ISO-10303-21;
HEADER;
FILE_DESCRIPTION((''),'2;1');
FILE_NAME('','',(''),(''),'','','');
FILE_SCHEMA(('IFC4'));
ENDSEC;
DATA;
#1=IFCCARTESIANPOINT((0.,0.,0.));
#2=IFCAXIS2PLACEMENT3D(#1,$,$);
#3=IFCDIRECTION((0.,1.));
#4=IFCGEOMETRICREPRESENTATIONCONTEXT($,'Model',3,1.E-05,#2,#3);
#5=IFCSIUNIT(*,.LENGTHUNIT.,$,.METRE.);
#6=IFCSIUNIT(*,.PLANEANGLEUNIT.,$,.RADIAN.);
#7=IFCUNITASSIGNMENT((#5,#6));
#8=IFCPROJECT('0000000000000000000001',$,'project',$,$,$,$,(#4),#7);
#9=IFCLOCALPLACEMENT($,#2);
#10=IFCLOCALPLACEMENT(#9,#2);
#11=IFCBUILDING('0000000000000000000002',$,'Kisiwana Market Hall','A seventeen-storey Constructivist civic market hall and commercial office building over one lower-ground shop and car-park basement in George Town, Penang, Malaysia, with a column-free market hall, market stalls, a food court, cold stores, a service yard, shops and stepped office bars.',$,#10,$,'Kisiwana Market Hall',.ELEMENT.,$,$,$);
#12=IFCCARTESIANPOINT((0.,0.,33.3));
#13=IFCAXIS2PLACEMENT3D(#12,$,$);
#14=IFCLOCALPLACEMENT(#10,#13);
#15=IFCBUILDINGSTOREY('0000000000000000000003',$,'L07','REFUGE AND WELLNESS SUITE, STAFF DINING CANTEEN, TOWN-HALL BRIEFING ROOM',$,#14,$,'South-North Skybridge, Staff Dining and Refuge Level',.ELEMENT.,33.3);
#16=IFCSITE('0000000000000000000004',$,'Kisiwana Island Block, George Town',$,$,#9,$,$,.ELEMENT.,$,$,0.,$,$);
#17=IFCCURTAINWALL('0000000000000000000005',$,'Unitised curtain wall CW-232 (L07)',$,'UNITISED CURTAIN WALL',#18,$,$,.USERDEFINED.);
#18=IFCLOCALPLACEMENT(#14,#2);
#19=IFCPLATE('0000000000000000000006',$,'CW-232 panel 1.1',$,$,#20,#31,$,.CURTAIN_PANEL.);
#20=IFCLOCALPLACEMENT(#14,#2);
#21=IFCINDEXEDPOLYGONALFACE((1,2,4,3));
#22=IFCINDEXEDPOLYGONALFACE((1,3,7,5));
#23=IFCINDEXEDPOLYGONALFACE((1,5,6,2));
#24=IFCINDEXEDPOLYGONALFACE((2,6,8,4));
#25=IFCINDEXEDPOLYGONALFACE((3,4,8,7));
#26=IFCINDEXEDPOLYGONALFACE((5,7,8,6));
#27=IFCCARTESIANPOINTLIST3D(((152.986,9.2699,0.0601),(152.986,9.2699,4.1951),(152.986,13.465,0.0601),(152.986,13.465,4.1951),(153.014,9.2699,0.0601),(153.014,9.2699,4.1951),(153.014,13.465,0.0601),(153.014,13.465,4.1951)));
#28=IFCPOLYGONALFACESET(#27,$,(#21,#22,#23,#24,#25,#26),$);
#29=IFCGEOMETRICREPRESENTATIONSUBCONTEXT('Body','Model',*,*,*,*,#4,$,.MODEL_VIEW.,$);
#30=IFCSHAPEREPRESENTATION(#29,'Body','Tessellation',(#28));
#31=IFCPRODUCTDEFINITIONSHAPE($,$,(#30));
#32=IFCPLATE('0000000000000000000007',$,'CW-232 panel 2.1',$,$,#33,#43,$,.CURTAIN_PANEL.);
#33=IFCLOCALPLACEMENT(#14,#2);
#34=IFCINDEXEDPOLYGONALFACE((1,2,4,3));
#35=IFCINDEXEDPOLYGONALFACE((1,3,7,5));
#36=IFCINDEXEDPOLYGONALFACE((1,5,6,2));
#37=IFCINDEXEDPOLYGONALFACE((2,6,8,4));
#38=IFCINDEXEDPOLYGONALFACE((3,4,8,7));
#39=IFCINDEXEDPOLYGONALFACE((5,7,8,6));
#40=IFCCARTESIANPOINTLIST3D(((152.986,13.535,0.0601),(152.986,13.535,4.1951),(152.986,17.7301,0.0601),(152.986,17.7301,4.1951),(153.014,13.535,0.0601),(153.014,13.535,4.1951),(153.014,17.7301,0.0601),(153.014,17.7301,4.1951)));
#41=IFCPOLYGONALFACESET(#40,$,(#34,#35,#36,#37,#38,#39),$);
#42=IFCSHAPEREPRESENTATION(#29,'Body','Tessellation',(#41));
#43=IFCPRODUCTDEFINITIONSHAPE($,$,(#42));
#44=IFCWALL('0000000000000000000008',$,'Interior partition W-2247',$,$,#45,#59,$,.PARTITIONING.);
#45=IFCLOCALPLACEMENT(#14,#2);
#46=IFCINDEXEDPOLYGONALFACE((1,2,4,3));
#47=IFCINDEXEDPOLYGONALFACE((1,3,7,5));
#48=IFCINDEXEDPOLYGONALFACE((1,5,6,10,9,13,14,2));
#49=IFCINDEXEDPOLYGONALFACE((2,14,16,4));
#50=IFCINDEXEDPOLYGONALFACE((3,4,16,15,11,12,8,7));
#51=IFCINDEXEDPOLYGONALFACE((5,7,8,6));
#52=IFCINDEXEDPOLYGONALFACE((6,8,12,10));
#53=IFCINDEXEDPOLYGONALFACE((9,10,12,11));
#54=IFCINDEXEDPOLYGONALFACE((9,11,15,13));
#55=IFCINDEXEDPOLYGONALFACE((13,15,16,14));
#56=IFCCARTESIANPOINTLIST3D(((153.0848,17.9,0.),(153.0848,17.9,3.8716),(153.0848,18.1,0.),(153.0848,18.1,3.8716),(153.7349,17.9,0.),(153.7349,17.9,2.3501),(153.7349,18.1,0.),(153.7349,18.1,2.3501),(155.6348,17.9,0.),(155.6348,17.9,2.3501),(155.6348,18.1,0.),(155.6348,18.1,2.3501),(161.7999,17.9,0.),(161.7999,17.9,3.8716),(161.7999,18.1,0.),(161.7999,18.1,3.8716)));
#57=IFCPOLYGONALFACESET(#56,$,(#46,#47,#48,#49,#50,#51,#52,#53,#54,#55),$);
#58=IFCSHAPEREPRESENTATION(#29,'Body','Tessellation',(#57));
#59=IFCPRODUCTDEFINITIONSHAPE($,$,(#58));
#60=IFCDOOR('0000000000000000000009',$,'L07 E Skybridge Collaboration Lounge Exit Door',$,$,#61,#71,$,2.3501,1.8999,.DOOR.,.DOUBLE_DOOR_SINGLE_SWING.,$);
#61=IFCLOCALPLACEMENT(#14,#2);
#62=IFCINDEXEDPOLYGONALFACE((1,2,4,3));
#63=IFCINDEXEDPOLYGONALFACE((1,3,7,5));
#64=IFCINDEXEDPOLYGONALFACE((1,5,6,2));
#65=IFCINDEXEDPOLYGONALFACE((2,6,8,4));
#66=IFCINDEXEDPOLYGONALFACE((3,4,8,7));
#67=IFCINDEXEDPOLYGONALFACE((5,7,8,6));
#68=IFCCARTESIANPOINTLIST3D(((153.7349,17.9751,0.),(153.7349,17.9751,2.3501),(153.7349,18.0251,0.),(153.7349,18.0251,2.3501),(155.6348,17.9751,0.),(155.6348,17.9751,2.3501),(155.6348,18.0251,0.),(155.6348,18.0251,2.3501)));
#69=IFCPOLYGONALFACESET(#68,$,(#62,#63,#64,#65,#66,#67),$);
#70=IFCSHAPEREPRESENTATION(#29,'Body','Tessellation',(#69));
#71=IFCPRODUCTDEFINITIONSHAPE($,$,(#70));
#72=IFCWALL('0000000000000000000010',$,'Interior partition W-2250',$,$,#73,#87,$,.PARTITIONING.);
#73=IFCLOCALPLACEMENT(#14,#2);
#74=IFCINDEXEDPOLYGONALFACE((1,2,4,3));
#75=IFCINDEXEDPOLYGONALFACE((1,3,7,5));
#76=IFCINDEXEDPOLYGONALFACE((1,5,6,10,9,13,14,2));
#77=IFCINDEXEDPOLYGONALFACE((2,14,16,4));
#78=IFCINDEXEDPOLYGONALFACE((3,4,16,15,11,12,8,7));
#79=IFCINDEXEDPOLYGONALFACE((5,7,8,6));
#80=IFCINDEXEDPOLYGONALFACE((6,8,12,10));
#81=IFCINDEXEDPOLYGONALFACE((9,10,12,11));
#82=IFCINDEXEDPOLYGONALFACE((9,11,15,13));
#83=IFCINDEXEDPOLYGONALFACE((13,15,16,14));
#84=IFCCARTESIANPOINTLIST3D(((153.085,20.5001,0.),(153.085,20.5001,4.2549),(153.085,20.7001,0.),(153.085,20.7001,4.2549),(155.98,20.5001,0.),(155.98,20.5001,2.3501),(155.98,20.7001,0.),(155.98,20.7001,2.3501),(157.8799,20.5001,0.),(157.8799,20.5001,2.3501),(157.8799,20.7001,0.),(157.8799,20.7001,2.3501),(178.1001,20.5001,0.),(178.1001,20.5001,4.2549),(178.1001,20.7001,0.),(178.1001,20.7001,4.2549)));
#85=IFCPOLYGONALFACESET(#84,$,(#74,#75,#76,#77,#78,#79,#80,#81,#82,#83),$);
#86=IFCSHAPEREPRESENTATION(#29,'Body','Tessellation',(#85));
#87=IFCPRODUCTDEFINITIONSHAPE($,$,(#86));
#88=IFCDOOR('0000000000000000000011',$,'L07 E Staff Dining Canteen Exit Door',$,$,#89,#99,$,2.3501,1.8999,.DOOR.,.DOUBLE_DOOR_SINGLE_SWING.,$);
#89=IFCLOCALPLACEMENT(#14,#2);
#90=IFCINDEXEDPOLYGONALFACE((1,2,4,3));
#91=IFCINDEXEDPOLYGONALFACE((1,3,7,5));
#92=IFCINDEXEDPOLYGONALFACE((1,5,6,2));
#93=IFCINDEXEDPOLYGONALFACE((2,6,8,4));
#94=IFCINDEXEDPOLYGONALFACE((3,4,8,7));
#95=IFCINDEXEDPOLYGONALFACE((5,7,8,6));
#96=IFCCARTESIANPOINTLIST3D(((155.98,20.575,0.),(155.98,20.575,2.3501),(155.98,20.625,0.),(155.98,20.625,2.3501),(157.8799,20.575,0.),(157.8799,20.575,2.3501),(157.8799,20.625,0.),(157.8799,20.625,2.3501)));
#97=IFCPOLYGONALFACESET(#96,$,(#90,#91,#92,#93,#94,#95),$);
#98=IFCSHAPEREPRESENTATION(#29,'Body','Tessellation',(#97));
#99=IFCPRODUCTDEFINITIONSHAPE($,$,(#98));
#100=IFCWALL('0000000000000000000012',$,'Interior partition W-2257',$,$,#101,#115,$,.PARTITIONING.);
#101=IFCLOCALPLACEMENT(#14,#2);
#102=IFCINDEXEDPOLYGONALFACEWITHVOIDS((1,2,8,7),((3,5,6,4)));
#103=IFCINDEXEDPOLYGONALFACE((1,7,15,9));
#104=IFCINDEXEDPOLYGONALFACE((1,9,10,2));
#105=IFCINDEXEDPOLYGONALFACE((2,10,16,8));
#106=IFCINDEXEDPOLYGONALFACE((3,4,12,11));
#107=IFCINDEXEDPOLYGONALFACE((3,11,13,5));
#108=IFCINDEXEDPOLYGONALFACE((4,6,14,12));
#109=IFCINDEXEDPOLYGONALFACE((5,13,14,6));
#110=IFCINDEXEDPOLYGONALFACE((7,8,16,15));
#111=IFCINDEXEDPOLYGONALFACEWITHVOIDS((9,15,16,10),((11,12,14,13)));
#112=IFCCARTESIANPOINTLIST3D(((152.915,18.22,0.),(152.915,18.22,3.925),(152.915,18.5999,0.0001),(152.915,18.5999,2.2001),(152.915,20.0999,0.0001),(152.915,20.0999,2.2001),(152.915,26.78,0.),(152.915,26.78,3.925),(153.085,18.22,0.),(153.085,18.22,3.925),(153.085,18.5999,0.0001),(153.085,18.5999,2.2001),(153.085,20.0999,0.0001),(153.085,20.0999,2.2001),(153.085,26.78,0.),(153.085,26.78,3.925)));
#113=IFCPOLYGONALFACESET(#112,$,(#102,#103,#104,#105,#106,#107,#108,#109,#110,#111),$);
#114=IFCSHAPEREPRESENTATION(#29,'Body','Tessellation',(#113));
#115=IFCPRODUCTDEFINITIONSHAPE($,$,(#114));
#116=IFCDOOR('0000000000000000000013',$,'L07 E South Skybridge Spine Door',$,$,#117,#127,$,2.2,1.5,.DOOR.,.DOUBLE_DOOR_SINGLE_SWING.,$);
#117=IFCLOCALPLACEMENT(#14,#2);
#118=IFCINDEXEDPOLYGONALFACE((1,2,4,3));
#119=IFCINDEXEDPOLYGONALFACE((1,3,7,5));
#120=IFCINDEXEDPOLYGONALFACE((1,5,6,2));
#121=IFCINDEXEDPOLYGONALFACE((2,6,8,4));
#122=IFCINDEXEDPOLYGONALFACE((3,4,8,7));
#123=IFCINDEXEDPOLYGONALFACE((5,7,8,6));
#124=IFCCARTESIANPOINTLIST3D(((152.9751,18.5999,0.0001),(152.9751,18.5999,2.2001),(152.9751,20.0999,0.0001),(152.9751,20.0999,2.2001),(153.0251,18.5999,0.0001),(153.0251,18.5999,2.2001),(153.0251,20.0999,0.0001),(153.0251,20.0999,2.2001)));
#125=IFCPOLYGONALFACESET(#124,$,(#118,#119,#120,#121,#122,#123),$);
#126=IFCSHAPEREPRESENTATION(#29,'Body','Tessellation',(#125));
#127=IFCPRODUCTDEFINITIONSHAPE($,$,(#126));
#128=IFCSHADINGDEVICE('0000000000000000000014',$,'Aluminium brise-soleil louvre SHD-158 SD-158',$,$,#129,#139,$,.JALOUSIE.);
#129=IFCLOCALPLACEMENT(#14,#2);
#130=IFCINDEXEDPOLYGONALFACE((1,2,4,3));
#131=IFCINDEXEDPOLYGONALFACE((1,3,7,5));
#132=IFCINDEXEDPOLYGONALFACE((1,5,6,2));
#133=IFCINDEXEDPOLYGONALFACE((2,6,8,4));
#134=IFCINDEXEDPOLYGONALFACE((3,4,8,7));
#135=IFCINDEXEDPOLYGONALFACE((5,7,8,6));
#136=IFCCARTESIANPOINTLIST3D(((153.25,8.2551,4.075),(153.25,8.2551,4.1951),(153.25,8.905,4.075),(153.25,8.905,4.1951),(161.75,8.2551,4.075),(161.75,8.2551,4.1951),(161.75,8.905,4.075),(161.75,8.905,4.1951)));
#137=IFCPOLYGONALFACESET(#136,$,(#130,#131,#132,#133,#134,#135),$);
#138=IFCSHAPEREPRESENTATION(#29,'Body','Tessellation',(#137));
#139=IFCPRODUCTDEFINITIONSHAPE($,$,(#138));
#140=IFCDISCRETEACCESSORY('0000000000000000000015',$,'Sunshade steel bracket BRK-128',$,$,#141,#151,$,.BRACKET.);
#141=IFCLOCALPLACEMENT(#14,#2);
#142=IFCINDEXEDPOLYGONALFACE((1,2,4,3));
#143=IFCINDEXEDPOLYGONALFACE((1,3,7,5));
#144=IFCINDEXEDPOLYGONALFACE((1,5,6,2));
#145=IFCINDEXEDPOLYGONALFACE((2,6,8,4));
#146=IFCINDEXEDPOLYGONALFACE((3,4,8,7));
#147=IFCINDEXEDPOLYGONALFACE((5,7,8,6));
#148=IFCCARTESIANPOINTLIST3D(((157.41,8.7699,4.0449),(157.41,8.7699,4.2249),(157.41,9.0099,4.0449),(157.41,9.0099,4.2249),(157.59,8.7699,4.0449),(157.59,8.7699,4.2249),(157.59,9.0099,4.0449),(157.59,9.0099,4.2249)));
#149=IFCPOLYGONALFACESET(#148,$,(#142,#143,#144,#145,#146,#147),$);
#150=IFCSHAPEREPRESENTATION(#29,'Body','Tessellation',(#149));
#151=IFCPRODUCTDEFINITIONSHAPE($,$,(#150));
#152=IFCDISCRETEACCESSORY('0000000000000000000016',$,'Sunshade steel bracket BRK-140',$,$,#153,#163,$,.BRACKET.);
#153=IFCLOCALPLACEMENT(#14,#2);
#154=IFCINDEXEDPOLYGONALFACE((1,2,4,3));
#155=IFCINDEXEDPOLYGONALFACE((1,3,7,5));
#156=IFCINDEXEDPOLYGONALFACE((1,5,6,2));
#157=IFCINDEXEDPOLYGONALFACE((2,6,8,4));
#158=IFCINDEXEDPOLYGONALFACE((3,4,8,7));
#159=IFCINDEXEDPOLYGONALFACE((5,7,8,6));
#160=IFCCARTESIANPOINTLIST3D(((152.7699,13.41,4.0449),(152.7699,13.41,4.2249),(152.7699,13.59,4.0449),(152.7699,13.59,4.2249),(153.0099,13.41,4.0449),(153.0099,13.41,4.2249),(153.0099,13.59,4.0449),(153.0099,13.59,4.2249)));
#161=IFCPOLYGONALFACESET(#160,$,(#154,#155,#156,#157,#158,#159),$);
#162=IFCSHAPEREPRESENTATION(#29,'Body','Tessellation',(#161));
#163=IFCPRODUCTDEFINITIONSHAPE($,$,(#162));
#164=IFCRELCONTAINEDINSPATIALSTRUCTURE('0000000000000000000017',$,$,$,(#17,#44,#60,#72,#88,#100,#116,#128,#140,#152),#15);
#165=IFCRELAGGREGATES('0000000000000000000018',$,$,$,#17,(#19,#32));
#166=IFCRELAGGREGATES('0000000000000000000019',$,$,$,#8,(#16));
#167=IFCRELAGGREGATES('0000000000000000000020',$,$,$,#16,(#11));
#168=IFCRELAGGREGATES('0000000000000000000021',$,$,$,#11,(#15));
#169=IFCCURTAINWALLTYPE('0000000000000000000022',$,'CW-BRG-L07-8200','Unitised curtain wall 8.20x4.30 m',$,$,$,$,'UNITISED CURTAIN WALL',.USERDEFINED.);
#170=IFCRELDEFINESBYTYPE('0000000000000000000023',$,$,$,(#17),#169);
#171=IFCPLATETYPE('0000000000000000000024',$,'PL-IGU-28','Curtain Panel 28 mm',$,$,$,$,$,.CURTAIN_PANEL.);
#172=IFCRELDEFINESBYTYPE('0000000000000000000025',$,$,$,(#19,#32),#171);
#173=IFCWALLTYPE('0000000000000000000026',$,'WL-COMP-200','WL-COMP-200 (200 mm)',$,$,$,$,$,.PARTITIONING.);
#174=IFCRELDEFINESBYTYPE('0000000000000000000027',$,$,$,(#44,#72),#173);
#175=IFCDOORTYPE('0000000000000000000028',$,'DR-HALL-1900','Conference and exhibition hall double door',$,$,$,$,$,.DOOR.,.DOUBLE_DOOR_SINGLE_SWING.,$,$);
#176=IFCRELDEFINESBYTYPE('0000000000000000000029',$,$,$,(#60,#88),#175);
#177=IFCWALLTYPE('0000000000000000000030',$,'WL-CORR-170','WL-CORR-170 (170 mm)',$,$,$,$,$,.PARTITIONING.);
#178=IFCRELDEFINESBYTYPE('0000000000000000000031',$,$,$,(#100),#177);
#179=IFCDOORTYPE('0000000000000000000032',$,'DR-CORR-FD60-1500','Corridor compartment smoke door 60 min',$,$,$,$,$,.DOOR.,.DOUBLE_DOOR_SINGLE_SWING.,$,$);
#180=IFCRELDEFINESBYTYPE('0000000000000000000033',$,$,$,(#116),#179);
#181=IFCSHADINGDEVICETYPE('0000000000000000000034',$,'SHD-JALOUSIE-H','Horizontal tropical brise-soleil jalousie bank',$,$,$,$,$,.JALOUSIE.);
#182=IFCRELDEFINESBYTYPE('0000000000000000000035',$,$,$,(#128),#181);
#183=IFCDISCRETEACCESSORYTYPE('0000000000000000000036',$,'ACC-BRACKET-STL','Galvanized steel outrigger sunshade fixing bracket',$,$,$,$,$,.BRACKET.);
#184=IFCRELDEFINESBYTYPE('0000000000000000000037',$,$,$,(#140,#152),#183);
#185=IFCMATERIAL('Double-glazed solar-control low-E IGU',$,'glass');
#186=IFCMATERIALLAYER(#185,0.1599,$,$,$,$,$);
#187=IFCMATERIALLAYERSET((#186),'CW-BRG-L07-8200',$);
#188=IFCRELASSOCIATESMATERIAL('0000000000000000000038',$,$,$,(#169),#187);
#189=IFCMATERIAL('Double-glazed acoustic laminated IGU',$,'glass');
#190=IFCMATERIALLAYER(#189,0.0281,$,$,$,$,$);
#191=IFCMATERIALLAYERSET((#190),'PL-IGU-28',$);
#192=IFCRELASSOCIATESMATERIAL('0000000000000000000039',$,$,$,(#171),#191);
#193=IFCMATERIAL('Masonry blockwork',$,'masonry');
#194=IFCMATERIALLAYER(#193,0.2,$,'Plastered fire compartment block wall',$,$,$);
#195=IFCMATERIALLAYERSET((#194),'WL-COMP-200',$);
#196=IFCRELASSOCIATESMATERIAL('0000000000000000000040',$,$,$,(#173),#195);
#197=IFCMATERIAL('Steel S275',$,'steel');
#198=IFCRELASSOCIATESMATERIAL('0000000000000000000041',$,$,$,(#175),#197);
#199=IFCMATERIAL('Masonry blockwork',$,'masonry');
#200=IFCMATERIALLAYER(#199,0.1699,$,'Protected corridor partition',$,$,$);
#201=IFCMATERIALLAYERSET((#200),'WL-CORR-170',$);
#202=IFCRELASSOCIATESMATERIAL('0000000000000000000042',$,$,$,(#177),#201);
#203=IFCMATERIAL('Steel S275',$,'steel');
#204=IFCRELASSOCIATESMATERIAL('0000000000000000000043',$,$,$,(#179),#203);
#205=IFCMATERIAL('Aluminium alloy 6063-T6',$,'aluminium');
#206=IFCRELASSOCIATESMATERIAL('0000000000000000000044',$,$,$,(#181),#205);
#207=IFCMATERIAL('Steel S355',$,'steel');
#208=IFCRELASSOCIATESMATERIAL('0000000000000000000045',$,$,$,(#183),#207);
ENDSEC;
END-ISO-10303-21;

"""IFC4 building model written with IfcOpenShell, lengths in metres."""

from ifc_helpers import new_model, si_unit, direction, frame, frame_2d, origin, origin_2d, place, context, subcontext, project, spatial, rectangle, extrude, material, layer, layer_set, type_object, element, fill, aggregate, save


model = new_model("IFC4")

# Units and contexts
model_context = context("Model", 3, precision=1e-05, world=origin(), true_north=direction((0.0, 1.0)))
body_context = subcontext(model_context, "Body", "Model", "MODEL_VIEW")
ifc_project = project(units=[si_unit("LENGTHUNIT", "METRE"), si_unit("PLANEANGLEUNIT", "RADIAN")], contexts=[model_context])

# Site, building, storey
site_placement = place(None, origin())
site = spatial("IfcSite", under=ifc_project, at=site_placement, Name="Kisiwana Island Block, George Town", CompositionType="ELEMENT", RefElevation=0.0)
building_placement = place(site_placement, origin())
building = spatial("IfcBuilding", under=site, at=building_placement, Name="Kisiwana Market Hall", Description="A seventeen-storey Constructivist civic market hall and commercial office building over one lower-ground shop and car-park basement in George Town, Penang, Malaysia, with a column-free market hall, market stalls, a food court, cold stores, a service yard, shops and stepped office bars.", LongName="Kisiwana Market Hall", CompositionType="ELEMENT")
storey_placement = place(building_placement, frame((0.0, 0.0, 33.3)))
storey = spatial("IfcBuildingStorey", under=building, at=storey_placement, Name="L07", Description="REFUGE AND WELLNESS SUITE, STAFF DINING CANTEEN, TOWN-HALL BRIEFING ROOM", LongName="South-North Skybridge, Staff Dining and Refuge Level", CompositionType="ELEMENT", Elevation=33.3)

# Shared definitions
ifc_material_1 = material(Name="Double-glazed solar-control low-E IGU", Category="glass")
ifc_layer_1 = layer(ifc_material_1, 0.1599)
ifc_layer_set_1 = layer_set([ifc_layer_1], Name="CW-BRG-L07-8200")
curtain_wall_type = type_object("IfcCurtainWallType", Name="CW-BRG-L07-8200", Description="Unitised curtain wall 8.20x4.30 m", ElementType="UNITISED CURTAIN WALL", PredefinedType="USERDEFINED", material=ifc_layer_set_1)

# Curtain wall
curtain_wall_1_placement = place(storey_placement, origin())
curtain_wall_1 = element("IfcCurtainWall", 1, at=curtain_wall_1_placement, inside=storey, type_object=curtain_wall_type, Name="Unitised curtain wall CW-232 (L07)", ObjectType="UNITISED CURTAIN WALL", PredefinedType="USERDEFINED")

# Plates
ifc_material_2 = material(Name="Double-glazed acoustic laminated IGU", Category="glass")
ifc_layer_2 = layer(ifc_material_2, 0.0281)
ifc_layer_set_2 = layer_set([ifc_layer_2], Name="PL-IGU-28")
plate_type_1 = type_object("IfcPlateType", Name="PL-IGU-28", Description="Curtain Panel 28 mm", PredefinedType="CURTAIN_PANEL", material=ifc_layer_set_2)
plate_1_placement = place(storey_placement, frame((153.0, 11.3674, 0.0601), z_axis=(0.0, 0.0, 1.0), x_axis=(0.0, 1.0, 0.0)))
plate_1 = element("IfcPlate", 2, at=plate_1_placement, type_object=plate_type_1, Name="CW-232 panel 1.1", PredefinedType="CURTAIN_PANEL", context=body_context, shape_type="SweptSolid", body=[
    extrude(rectangle(XDim=4.1951, YDim=0.0281, at=origin_2d()), origin(), (0.0, 0.0, 1.0), 4.135),
])
plate_2_placement = place(storey_placement, frame((153.0, 15.6326, 0.0601), z_axis=(0.0, 0.0, 1.0), x_axis=(0.0, 1.0, 0.0)))
plate_2 = element("IfcPlate", 3, at=plate_2_placement, type_object=plate_type_1, Name="CW-232 panel 2.1", PredefinedType="CURTAIN_PANEL", context=body_context, shape_type="SweptSolid", body=[
    extrude(rectangle(XDim=4.1951, YDim=0.0281, at=origin_2d()), origin(), (0.0, 0.0, 1.0), 4.135),
])
aggregate(curtain_wall_1, [plate_1, plate_2])

# Walls, openings, doors
ifc_material_3 = material(Name="Masonry blockwork", Category="masonry")
ifc_layer_3 = layer(ifc_material_3, 0.2, Name="Plastered fire compartment block wall")
ifc_layer_set_3 = layer_set([ifc_layer_3], Name="WL-COMP-200")
wall_type_1 = type_object("IfcWallType", Name="WL-COMP-200", Description="WL-COMP-200 (200 mm)", PredefinedType="PARTITIONING", material=ifc_layer_set_3)
wall_1_placement = place(storey_placement, frame((153.085, 18.0, 0.0), z_axis=(0.0, 0.0, 1.0), x_axis=(1.0, 0.0, 0.0)))
wall_1 = element("IfcWall", 4, at=wall_1_placement, inside=storey, type_object=wall_type_1, Name="Interior partition W-2247", PredefinedType="PARTITIONING", context=body_context, shape_type="SweptSolid", body=[
    extrude(rectangle(XDim=8.7151, YDim=0.2, at=frame_2d((4.3574, 0.0))), origin(), (0.0, 0.0, 1.0), 3.8716),
])
opening_1_placement = place(wall_1_placement, frame((0.6499, 0.0, 0.0)))
opening_1 = element("IfcOpeningElement", 5, at=opening_1_placement, cuts=wall_1, PredefinedType="OPENING", context=body_context, shape_type="SweptSolid", body=[
    extrude(rectangle(XDim=1.8999, YDim=2.3501, at=frame_2d((0.95, 1.175))), frame((0.0, 0.1118, 0.0), z_axis=(0.0, -1.0, 0.0), x_axis=(1.0, 0.0, 0.0)), (0.0, 0.0, 1.0), 0.2239),
])
ifc_material_4 = material(Name="Steel S275", Category="steel")
door_type_1 = type_object("IfcDoorType", Name="DR-HALL-1900", Description="Conference and exhibition hall double door", OperationType="DOUBLE_DOOR_SINGLE_SWING", PredefinedType="DOOR", material=ifc_material_4)
door_1_placement = place(opening_1_placement, frame((1.8999, 0.0, 0.0), z_axis=(0.0, 0.0, 1.0), x_axis=(-1.0, 0.0, 0.0)))
door_1 = element("IfcDoor", 6, at=door_1_placement, inside=storey, type_object=door_type_1, Name="L07 E Skybridge Collaboration Lounge Exit Door", OperationType="DOUBLE_DOOR_SINGLE_SWING", OverallHeight=2.3501, OverallWidth=1.8999, PredefinedType="DOOR", context=body_context, shape_type="SweptSolid", body=[
    extrude(rectangle(XDim=1.8999, YDim=2.3501, at=frame_2d((0.95, 1.175))), frame((0.0, 0.0249, 0.0), z_axis=(0.0, -1.0, 0.0), x_axis=(1.0, 0.0, 0.0)), (0.0, 0.0, 1.0), 0.05),
])
fill(opening_1, door_1)
wall_2_placement = place(storey_placement, frame((153.085, 20.6001, 0.0), z_axis=(0.0, 0.0, 1.0), x_axis=(1.0, 0.0, 0.0)))
wall_2 = element("IfcWall", 7, at=wall_2_placement, inside=storey, type_object=wall_type_1, Name="Interior partition W-2250", PredefinedType="PARTITIONING", context=body_context, shape_type="SweptSolid", body=[
    extrude(rectangle(XDim=25.0151, YDim=0.2, at=frame_2d((12.5076, 0.0))), origin(), (0.0, 0.0, 1.0), 4.2549),
])
opening_2_placement = place(wall_2_placement, frame((2.895, 0.0, 0.0)))
opening_2 = element("IfcOpeningElement", 8, at=opening_2_placement, cuts=wall_2, PredefinedType="OPENING", context=body_context, shape_type="SweptSolid", body=[
    extrude(rectangle(XDim=1.8999, YDim=2.3501, at=frame_2d((0.95, 1.175))), frame((0.0, 0.1118, 0.0), z_axis=(0.0, -1.0, 0.0), x_axis=(1.0, 0.0, 0.0)), (0.0, 0.0, 1.0), 0.2239),
])
door_2_placement = place(opening_2_placement, origin())
door_2 = element("IfcDoor", 9, at=door_2_placement, inside=storey, type_object=door_type_1, Name="L07 E Staff Dining Canteen Exit Door", OperationType="DOUBLE_DOOR_SINGLE_SWING", OverallHeight=2.3501, OverallWidth=1.8999, PredefinedType="DOOR", context=body_context, shape_type="SweptSolid", body=[
    extrude(rectangle(XDim=1.8999, YDim=2.3501, at=frame_2d((0.95, 1.175))), frame((0.0, 0.0249, 0.0), z_axis=(0.0, -1.0, 0.0), x_axis=(1.0, 0.0, 0.0)), (0.0, 0.0, 1.0), 0.05),
])
fill(opening_2, door_2)
ifc_material_5 = material(Name="Masonry blockwork", Category="masonry")
ifc_layer_4 = layer(ifc_material_5, 0.1699, Name="Protected corridor partition")
ifc_layer_set_4 = layer_set([ifc_layer_4], Name="WL-CORR-170")
wall_type_2 = type_object("IfcWallType", Name="WL-CORR-170", Description="WL-CORR-170 (170 mm)", PredefinedType="PARTITIONING", material=ifc_layer_set_4)
wall_3_placement = place(storey_placement, frame((153.0, 18.22, 0.0), z_axis=(0.0, 0.0, 1.0), x_axis=(0.0, 1.0, 0.0)))
wall_3 = element("IfcWall", 10, at=wall_3_placement, inside=storey, type_object=wall_type_2, Name="Interior partition W-2257", PredefinedType="PARTITIONING", context=body_context, shape_type="SweptSolid", body=[
    extrude(rectangle(XDim=8.5601, YDim=0.1699, at=frame_2d((4.28, 0.0))), origin(), (0.0, 0.0, 1.0), 3.925),
])
opening_3_placement = place(wall_3_placement, frame((0.3799, 0.0, 0.0)))
opening_3 = element("IfcOpeningElement", 11, at=opening_3_placement, cuts=wall_3, PredefinedType="OPENING", context=body_context, shape_type="SweptSolid", body=[
    extrude(rectangle(XDim=1.5, YDim=2.2, at=frame_2d((0.75, 1.1001))), frame((0.0, 0.0969, 0.0), z_axis=(0.0, -1.0, 0.0), x_axis=(1.0, 0.0, 0.0)), (0.0, 0.0, 1.0), 0.1938),
])
ifc_material_6 = material(Name="Steel S275", Category="steel")
door_type_2 = type_object("IfcDoorType", Name="DR-CORR-FD60-1500", Description="Corridor compartment smoke door 60 min", OperationType="DOUBLE_DOOR_SINGLE_SWING", PredefinedType="DOOR", material=ifc_material_6)
door_3_placement = place(opening_3_placement, origin())
door_3 = element("IfcDoor", 12, at=door_3_placement, inside=storey, type_object=door_type_2, Name="L07 E South Skybridge Spine Door", OperationType="DOUBLE_DOOR_SINGLE_SWING", OverallHeight=2.2, OverallWidth=1.5, PredefinedType="DOOR", context=body_context, shape_type="SweptSolid", body=[
    extrude(rectangle(XDim=1.5, YDim=2.2, at=frame_2d((0.75, 1.1001))), frame((0.0, 0.0249, 0.0), z_axis=(0.0, -1.0, 0.0), x_axis=(1.0, 0.0, 0.0)), (0.0, 0.0, 1.0), 0.05),
])
fill(opening_3, door_3)

# Shading device
ifc_material_7 = material(Name="Aluminium alloy 6063-T6", Category="aluminium")
shading_device_type = type_object("IfcShadingDeviceType", Name="SHD-JALOUSIE-H", Description="Horizontal tropical brise-soleil jalousie bank", PredefinedType="JALOUSIE", material=ifc_material_7)
shading_device_placement = place(storey_placement, frame((157.5, 8.5801, 4.075), z_axis=(0.0, 0.0, 1.0), x_axis=(1.0, 0.0, 0.0)))
element("IfcShadingDevice", 13, at=shading_device_placement, inside=storey, type_object=shading_device_type, Name="Aluminium brise-soleil louvre SHD-158 SD-158", PredefinedType="JALOUSIE", context=body_context, shape_type="SweptSolid", body=[
    extrude(rectangle(XDim=8.5, YDim=0.6499, at=origin_2d()), origin(), (0.0, 0.0, 1.0), 0.1201),
])

# Discrete accessories
ifc_material_8 = material(Name="Steel S355", Category="steel")
discrete_accessory_type = type_object("IfcDiscreteAccessoryType", Name="ACC-BRACKET-STL", Description="Galvanized steel outrigger sunshade fixing bracket", PredefinedType="BRACKET", material=ifc_material_8)
for number, where, z_axis, x_axis, name in (
    (14, (157.5, 8.8899, 4.0449), (0.0, 0.0, 1.0), (1.0, 0.0, 0.0), "Sunshade steel bracket BRK-128"),
    (15, (152.8899, 13.5, 4.0449), (0.0, 0.0, 1.0), (0.0, 1.0, 0.0), "Sunshade steel bracket BRK-140"),
):
    element("IfcDiscreteAccessory", number, at=place(storey_placement, frame(where, z_axis=z_axis, x_axis=x_axis)), inside=storey, type_object=discrete_accessory_type, Name=name, PredefinedType="BRACKET", context=body_context, shape_type="SweptSolid", body=[
        extrude(rectangle(XDim=0.1799, YDim=0.24, at=origin_2d()), origin(), (0.0, 0.0, 1.0), 0.1799),
    ])

save(model, "model.ifc")
